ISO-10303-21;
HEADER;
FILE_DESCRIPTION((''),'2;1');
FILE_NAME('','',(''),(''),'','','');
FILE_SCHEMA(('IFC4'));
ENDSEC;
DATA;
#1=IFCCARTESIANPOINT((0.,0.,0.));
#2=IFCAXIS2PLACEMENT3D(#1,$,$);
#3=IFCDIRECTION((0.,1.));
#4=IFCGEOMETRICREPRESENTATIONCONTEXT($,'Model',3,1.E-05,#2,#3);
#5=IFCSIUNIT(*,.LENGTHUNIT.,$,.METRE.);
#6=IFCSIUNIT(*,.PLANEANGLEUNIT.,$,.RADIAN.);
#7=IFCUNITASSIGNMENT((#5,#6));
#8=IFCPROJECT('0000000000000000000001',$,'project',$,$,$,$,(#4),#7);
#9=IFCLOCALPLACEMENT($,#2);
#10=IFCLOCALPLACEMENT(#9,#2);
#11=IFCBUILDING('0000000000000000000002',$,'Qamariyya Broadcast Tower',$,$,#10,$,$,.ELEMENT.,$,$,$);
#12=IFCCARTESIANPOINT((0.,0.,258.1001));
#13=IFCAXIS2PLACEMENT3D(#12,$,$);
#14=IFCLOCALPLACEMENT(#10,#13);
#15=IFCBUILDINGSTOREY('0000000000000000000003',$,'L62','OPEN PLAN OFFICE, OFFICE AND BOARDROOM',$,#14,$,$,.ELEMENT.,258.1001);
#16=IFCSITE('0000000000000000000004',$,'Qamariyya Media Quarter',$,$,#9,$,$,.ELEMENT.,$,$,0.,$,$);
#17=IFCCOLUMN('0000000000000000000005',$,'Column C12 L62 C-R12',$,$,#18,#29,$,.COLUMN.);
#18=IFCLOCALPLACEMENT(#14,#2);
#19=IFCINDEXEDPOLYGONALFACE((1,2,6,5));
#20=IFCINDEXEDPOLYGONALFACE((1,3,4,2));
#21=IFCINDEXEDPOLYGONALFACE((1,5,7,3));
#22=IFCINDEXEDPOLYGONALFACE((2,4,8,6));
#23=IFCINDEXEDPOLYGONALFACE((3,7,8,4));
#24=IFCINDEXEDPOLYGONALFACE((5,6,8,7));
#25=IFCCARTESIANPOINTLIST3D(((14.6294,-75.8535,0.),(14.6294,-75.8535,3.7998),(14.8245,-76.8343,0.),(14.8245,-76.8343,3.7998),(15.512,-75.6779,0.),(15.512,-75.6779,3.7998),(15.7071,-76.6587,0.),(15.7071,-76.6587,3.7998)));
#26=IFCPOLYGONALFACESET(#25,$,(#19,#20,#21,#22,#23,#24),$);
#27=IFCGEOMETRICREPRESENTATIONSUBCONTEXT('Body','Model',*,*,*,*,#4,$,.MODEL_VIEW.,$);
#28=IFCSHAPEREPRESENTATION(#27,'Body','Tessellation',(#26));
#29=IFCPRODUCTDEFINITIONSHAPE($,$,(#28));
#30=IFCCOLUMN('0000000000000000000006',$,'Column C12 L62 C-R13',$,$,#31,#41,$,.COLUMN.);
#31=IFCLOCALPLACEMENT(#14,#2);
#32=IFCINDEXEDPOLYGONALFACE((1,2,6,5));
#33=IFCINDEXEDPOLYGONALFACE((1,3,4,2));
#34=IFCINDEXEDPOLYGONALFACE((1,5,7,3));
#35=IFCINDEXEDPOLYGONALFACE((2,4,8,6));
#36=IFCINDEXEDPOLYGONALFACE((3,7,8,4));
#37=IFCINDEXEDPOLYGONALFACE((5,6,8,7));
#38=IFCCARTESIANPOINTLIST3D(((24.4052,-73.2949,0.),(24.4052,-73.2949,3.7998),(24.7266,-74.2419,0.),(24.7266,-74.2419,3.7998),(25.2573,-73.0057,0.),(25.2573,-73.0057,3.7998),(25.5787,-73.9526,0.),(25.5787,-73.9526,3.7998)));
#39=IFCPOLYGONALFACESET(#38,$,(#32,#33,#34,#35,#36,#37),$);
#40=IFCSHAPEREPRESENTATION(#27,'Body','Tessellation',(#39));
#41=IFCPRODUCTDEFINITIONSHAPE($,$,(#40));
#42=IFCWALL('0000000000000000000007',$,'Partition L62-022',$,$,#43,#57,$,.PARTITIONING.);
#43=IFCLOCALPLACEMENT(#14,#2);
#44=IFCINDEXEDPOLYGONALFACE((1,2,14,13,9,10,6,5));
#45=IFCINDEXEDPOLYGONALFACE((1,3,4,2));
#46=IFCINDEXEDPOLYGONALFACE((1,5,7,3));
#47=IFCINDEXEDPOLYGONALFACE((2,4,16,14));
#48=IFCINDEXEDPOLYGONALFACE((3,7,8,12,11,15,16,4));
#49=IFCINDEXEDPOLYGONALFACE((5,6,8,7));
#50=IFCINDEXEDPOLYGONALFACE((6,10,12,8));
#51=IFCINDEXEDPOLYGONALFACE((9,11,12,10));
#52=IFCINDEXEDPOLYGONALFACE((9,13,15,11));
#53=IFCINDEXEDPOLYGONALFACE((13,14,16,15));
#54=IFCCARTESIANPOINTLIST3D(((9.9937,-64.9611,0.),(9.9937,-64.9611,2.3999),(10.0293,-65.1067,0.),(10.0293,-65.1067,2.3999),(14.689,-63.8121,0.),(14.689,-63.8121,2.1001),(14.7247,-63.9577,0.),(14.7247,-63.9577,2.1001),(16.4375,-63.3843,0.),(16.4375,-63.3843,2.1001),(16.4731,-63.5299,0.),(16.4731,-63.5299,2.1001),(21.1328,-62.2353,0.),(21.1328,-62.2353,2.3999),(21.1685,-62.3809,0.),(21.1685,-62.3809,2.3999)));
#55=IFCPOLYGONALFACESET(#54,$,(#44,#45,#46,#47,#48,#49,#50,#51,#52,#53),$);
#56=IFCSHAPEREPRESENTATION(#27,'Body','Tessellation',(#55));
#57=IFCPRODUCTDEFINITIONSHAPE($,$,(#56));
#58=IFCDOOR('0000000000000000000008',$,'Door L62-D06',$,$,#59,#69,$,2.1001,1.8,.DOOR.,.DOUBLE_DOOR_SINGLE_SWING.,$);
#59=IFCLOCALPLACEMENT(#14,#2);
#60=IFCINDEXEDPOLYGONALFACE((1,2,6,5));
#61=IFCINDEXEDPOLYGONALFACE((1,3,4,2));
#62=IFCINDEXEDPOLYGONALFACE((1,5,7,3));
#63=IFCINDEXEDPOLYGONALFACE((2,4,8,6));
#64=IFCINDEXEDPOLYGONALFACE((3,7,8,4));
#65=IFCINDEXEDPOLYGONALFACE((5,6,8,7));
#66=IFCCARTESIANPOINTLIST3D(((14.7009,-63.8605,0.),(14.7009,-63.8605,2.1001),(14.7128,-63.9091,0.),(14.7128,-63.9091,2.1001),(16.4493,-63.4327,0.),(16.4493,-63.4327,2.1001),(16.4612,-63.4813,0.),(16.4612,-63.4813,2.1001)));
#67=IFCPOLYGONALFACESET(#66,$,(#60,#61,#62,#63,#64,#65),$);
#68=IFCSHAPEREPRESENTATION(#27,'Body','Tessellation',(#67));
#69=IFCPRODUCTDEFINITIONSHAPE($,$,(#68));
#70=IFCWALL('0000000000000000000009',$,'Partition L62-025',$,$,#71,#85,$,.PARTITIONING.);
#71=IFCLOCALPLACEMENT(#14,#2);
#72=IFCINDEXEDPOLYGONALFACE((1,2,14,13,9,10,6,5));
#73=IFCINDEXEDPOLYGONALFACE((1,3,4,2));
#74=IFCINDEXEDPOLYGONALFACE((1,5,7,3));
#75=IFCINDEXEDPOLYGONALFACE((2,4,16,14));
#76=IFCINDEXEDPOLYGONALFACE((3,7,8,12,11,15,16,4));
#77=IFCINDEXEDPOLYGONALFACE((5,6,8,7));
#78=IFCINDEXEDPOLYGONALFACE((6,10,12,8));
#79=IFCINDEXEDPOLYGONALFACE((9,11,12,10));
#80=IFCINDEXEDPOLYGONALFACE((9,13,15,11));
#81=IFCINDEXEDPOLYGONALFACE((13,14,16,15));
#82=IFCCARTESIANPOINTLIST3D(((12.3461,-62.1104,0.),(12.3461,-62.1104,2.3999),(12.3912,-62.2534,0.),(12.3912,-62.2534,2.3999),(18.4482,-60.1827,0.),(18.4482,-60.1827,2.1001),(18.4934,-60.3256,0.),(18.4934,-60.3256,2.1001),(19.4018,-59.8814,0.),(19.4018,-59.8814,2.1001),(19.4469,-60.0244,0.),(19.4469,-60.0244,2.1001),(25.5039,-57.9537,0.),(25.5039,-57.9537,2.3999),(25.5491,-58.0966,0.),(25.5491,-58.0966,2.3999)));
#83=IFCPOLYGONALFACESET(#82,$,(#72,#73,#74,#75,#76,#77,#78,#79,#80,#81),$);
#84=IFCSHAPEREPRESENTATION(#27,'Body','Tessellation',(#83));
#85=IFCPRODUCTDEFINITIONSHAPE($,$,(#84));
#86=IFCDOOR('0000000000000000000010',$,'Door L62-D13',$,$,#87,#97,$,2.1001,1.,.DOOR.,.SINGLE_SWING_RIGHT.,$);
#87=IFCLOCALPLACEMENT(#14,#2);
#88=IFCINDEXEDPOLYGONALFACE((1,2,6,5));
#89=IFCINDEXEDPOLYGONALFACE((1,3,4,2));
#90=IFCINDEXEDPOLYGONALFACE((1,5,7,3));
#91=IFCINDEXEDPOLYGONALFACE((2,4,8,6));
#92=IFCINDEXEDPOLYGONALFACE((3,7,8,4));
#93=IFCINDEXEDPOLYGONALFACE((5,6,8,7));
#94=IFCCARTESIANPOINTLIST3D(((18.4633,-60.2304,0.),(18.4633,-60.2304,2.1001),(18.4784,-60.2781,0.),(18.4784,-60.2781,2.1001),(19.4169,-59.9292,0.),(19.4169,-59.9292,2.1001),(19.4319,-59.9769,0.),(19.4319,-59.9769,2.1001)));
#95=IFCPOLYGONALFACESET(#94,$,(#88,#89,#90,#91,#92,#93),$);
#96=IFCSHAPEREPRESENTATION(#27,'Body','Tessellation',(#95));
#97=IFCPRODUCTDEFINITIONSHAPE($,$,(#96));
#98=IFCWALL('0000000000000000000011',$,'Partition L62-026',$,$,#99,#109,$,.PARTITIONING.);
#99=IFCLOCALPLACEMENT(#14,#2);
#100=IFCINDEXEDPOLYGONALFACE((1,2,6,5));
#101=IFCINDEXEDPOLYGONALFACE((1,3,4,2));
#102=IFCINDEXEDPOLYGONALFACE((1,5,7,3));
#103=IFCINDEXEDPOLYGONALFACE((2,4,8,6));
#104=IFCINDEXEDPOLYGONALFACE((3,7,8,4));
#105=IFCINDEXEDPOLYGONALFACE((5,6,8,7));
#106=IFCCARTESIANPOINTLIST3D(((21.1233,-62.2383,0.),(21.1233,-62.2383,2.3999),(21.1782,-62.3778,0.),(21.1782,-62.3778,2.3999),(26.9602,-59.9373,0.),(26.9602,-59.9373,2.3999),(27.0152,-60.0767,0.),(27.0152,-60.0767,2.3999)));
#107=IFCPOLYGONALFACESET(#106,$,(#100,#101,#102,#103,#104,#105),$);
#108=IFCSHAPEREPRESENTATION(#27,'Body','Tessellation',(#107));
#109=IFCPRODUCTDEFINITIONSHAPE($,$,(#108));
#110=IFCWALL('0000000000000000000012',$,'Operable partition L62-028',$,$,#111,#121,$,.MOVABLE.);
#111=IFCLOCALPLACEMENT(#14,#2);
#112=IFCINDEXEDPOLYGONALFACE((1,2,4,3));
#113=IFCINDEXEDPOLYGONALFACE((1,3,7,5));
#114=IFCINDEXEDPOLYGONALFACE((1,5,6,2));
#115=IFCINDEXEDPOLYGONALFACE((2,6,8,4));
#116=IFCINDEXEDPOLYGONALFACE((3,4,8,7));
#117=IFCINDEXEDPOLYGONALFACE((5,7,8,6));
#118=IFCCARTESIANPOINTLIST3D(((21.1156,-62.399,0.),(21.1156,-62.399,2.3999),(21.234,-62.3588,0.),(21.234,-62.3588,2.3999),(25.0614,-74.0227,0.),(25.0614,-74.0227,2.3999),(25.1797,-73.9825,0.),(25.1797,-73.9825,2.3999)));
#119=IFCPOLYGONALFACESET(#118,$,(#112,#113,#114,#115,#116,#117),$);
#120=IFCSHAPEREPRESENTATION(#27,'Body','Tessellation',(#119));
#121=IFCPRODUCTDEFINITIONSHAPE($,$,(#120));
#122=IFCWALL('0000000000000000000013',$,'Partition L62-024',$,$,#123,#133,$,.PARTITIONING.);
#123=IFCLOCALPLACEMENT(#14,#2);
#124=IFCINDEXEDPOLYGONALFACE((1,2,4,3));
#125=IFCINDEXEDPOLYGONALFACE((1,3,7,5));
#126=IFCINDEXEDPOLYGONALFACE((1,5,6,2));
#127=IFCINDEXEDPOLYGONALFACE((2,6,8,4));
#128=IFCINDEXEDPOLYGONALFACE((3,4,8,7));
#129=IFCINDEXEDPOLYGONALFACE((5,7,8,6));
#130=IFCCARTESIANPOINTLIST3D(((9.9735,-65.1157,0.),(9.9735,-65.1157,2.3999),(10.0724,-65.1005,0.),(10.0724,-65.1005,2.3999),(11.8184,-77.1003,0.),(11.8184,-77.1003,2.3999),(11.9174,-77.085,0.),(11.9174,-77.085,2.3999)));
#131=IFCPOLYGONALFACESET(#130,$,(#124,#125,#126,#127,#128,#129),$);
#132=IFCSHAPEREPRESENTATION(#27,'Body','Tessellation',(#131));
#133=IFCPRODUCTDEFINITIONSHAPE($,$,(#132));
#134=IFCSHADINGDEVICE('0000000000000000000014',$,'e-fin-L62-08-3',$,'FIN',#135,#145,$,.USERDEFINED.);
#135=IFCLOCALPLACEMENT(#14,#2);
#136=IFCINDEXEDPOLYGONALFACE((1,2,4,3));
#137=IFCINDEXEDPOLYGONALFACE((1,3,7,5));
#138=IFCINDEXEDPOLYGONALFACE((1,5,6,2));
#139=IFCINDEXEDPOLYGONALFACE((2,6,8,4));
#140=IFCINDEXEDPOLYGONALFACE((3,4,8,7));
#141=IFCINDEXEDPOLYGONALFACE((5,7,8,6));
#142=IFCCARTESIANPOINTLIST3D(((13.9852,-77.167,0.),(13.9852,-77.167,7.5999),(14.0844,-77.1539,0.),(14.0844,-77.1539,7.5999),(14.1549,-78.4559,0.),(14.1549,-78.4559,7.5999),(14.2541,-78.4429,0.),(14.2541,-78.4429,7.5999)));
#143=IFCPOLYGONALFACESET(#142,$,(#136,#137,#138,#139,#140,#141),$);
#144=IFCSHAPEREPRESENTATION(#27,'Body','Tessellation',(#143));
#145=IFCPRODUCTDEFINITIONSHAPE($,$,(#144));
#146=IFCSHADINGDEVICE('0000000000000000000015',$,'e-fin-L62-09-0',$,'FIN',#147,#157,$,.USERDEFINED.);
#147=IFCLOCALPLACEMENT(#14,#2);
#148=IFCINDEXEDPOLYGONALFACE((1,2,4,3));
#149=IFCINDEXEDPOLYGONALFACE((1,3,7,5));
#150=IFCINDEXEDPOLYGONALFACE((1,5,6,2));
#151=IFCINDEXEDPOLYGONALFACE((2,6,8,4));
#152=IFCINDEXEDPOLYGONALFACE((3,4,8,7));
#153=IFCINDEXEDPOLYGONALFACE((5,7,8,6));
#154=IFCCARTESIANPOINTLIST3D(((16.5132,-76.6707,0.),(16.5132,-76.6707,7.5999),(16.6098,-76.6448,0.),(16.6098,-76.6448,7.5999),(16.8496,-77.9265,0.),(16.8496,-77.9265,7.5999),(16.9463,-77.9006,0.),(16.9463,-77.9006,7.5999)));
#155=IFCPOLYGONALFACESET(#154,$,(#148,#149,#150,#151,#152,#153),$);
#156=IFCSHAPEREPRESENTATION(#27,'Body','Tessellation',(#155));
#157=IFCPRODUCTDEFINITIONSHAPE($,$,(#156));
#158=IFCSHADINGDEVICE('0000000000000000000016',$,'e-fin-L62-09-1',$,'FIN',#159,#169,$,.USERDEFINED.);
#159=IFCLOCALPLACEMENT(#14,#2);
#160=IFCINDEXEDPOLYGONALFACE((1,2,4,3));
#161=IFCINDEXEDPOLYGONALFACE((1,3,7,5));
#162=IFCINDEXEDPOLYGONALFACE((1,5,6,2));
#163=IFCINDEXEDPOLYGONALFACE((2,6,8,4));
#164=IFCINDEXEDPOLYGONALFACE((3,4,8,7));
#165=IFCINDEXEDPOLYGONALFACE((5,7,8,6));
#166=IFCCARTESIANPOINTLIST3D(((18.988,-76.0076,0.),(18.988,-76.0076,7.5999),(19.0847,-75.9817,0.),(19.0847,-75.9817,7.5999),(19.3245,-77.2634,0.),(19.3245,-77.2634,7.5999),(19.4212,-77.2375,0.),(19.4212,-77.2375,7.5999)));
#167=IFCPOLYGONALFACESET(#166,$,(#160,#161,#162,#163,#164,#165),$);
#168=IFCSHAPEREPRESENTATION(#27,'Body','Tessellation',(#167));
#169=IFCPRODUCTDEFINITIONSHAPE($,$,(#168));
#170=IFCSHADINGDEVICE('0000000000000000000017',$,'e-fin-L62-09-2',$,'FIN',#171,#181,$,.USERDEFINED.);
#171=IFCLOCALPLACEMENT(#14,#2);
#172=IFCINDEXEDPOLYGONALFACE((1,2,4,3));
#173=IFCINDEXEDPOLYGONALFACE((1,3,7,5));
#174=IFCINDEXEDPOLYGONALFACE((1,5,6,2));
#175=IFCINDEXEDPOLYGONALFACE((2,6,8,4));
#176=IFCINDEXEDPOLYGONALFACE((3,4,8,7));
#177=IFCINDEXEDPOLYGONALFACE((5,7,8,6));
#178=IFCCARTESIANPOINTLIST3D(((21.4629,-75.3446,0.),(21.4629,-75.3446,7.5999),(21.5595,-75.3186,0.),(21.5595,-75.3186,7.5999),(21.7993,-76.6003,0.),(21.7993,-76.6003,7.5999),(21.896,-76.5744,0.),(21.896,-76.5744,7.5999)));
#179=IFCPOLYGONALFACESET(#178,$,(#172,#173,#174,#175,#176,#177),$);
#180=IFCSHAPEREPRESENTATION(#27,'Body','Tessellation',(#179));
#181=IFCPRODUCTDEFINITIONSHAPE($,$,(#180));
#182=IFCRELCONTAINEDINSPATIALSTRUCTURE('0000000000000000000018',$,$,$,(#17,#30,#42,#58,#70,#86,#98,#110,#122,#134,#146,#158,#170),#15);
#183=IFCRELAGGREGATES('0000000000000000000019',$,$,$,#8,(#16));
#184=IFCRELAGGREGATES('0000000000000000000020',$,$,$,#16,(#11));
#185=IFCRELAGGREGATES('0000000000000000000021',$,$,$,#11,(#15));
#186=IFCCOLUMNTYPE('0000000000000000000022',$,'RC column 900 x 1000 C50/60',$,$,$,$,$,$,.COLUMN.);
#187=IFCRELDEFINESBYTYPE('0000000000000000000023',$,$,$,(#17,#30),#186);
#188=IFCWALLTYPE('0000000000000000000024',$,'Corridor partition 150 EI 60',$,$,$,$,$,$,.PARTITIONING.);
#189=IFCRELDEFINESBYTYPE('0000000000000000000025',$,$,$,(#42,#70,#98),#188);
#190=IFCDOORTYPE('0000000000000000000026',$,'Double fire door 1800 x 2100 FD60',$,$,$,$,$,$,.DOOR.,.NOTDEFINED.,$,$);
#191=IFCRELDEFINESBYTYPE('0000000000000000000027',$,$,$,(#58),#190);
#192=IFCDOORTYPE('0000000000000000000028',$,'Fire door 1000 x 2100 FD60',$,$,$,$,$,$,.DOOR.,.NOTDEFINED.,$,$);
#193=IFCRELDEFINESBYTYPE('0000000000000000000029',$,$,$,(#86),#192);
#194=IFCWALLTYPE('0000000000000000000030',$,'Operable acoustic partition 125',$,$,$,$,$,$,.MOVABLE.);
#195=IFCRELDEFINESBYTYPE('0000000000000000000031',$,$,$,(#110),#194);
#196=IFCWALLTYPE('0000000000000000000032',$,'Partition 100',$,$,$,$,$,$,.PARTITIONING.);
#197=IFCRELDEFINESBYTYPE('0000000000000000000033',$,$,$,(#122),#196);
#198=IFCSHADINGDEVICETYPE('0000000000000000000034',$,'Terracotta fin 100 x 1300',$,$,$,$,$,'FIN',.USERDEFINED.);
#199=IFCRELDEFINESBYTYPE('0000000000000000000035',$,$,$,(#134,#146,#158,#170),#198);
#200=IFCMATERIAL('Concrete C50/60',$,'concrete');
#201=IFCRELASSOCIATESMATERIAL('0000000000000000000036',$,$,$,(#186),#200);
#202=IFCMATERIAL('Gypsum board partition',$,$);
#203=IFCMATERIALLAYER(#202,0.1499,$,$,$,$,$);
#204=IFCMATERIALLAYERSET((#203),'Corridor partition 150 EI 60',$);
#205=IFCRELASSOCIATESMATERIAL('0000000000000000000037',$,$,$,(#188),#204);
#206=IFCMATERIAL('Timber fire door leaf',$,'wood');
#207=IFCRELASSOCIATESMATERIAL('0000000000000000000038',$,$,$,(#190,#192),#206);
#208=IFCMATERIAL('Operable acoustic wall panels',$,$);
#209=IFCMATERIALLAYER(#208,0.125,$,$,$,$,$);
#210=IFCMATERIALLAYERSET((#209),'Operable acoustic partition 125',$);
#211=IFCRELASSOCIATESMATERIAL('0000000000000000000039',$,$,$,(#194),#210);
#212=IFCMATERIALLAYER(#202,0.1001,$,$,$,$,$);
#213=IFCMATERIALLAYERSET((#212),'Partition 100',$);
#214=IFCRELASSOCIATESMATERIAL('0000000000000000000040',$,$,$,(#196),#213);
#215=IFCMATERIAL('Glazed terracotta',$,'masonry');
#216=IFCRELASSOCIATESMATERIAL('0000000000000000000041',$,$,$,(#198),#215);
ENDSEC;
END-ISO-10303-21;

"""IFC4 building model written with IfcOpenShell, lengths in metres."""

from ifc_helpers import new_model, si_unit, direction, frame, frame_2d, origin, origin_2d, place, context, subcontext, project, spatial, rectangle, extrude, material, layer, layer_set, material_profile, profile_set, type_object, element, fill, save


model = new_model("IFC4")

# Units and contexts
model_context = context("Model", 3, precision=1e-05, world=origin(), true_north=direction((0.0, 1.0)))
body_context = subcontext(model_context, "Body", "Model", "MODEL_VIEW")
ifc_project = project(units=[si_unit("LENGTHUNIT", "METRE"), si_unit("PLANEANGLEUNIT", "RADIAN")], contexts=[model_context])

# Site, building, storey
site_placement = place(None, origin())
site = spatial("IfcSite", under=ifc_project, at=site_placement, Name="Qamariyya Media Quarter", CompositionType="ELEMENT", RefElevation=0.0)
building_placement = place(site_placement, origin())
building = spatial("IfcBuilding", under=site, at=building_placement, Name="Qamariyya Broadcast Tower", CompositionType="ELEMENT")
storey_placement = place(building_placement, frame((0.0, 0.0, 258.1001)))
storey = spatial("IfcBuildingStorey", under=building, at=storey_placement, Name="L62", Description="OPEN PLAN OFFICE, OFFICE AND BOARDROOM", CompositionType="ELEMENT", Elevation=258.1001)

# Columns
ifc_material_1 = material(Name="Concrete C50/60", Category="concrete")
ifc_material_profile_1 = material_profile(ifc_material_1, rectangle(XDim=0.8999, YDim=1.0, at=origin_2d()))
ifc_profile_set_1 = profile_set([ifc_material_profile_1], Name="Concrete C50/60")
column_type = type_object("IfcColumnType", Name="RC column 900 x 1000 C50/60", PredefinedType="COLUMN", material=ifc_profile_set_1)
for number, where, z_axis, x_axis, name in (
    (1, (15.1682, -76.2561, 0.0), (0.0, 0.0, 1.0), (0.980785, 0.19509, 0.0), "Column C12 L62 C-R12"),
    (2, (24.9919, -73.6238, 0.0), (0.0, 0.0, 1.0), (0.94693, 0.321439, 0.0), "Column C12 L62 C-R13"),
):
    element("IfcColumn", number, at=place(storey_placement, frame(where, z_axis=z_axis, x_axis=x_axis)), inside=storey, type_object=column_type, Name=name, PredefinedType="COLUMN", context=body_context, shape_type="SweptSolid", body=[
        extrude(rectangle(XDim=0.8999, YDim=1.0, at=origin_2d()), origin(), (0.0, 0.0, 1.0), 3.7998),
    ])

# Walls, openings, doors
ifc_material_2 = material(Name="Gypsum board partition")
ifc_layer_1 = layer(ifc_material_2, 0.1499)
ifc_layer_set_1 = layer_set([ifc_layer_1], Name="Corridor partition 150 EI 60")
wall_type_1 = type_object("IfcWallType", Name="Corridor partition 150 EI 60", PredefinedType="PARTITIONING", material=ifc_layer_set_1)
wall_1_placement = place(storey_placement, frame((21.1506, -62.3081, 0.0), z_axis=(0.0, 0.0, 1.0), x_axis=(-0.97134, -0.237694, 0.0)))
wall_1 = element("IfcWall", 3, at=wall_1_placement, inside=storey, type_object=wall_type_1, Name="Partition L62-022", PredefinedType="PARTITIONING", context=body_context, shape_type="SweptSolid", body=[
    extrude(rectangle(XDim=11.4678, YDim=0.1499, at=frame_2d((5.7339, 0.0))), origin(), (0.0, 0.0, 1.0), 2.3999),
])
opening_1_placement = place(wall_1_placement, frame((4.834, 0.0, 0.0)))
opening_1 = element("IfcOpeningElement", 4, at=opening_1_placement, cuts=wall_1, PredefinedType="OPENING", context=body_context, shape_type="SweptSolid", body=[
    extrude(rectangle(XDim=1.8, YDim=2.1001, at=frame_2d((0.8999, 1.05))), frame((0.0, 0.085, 0.0), z_axis=(0.0, -1.0, 0.0), x_axis=(1.0, 0.0, 0.0)), (0.0, 0.0, 1.0), 0.1699),
])
ifc_material_3 = material(Name="Timber fire door leaf", Category="wood")
door_type_1 = type_object("IfcDoorType", Name="Double fire door 1800 x 2100 FD60", OperationType="NOTDEFINED", PredefinedType="DOOR", material=ifc_material_3)
door_1_placement = place(opening_1_placement, origin())
door_1 = element("IfcDoor", 5, at=door_1_placement, inside=storey, type_object=door_type_1, Name="Door L62-D06", OperationType="DOUBLE_DOOR_SINGLE_SWING", OverallHeight=2.1001, OverallWidth=1.8, PredefinedType="DOOR", context=body_context, shape_type="SweptSolid", body=[
    extrude(rectangle(XDim=1.8, YDim=2.1001, at=frame_2d((0.8999, 1.05))), frame((0.0, 0.0249, 0.0), z_axis=(0.0, -1.0, 0.0), x_axis=(1.0, 0.0, 0.0)), (0.0, 0.0, 1.0), 0.05),
])
fill(opening_1, door_1)
wall_2_placement = place(storey_placement, frame((12.3687, -62.1819, 0.0), z_axis=(0.0, 0.0, 1.0), x_axis=(0.95355, 0.301236, 0.0)))
wall_2 = element("IfcWall", 6, at=wall_2_placement, inside=storey, type_object=wall_type_1, Name="Partition L62-025", PredefinedType="PARTITIONING", context=body_context, shape_type="SweptSolid", body=[
    extrude(rectangle(XDim=13.7988, YDim=0.1499, at=frame_2d((6.8994, 0.0))), origin(), (0.0, 0.0, 1.0), 2.3999),
])
opening_2_placement = place(wall_2_placement, frame((6.3994, 0.0, 0.0)))
opening_2 = element("IfcOpeningElement", 7, at=opening_2_placement, cuts=wall_2, PredefinedType="OPENING", context=body_context, shape_type="SweptSolid", body=[
    extrude(rectangle(XDim=1.0, YDim=2.1001, at=frame_2d((0.5, 1.05))), frame((0.0, 0.085, 0.0), z_axis=(0.0, -1.0, 0.0), x_axis=(1.0, 0.0, 0.0)), (0.0, 0.0, 1.0), 0.1699),
])
door_type_2 = type_object("IfcDoorType", Name="Fire door 1000 x 2100 FD60", OperationType="NOTDEFINED", PredefinedType="DOOR", material=ifc_material_3)
door_2_placement = place(opening_2_placement, origin())
door_2 = element("IfcDoor", 8, at=door_2_placement, inside=storey, type_object=door_type_2, Name="Door L62-D13", OperationType="SINGLE_SWING_RIGHT", OverallHeight=2.1001, OverallWidth=1.0, PredefinedType="DOOR", context=body_context, shape_type="SweptSolid", body=[
    extrude(rectangle(XDim=1.0, YDim=2.1001, at=frame_2d((0.5, 1.05))), frame((0.0, 0.0249, 0.0), z_axis=(0.0, -1.0, 0.0), x_axis=(1.0, 0.0, 0.0)), (0.0, 0.0, 1.0), 0.05),
])
fill(opening_2, door_2)

# Walls
wall_3_placement = place(storey_placement, frame((21.1506, -62.3081, 0.0), z_axis=(0.0, 0.0, 1.0), x_axis=(0.930319, 0.36675, 0.0)))
element("IfcWall", 9, at=wall_3_placement, inside=storey, type_object=wall_type_1, Name="Partition L62-026", PredefinedType="PARTITIONING", context=body_context, shape_type="SweptSolid", body=[
    extrude(rectangle(XDim=6.2742, YDim=0.1499, at=frame_2d((3.1372, 0.0))), origin(), (0.0, 0.0, 1.0), 2.3999),
])
ifc_material_4 = material(Name="Operable acoustic wall panels")
ifc_layer_2 = layer(ifc_material_4, 0.125)
ifc_layer_set_2 = layer_set([ifc_layer_2], Name="Operable acoustic partition 125")
wall_type_2 = type_object("IfcWallType", Name="Operable acoustic partition 125", PredefinedType="MOVABLE", material=ifc_layer_set_2)
wall_4_placement = place(storey_placement, frame((25.1206, -74.0027, 0.0), z_axis=(0.0, 0.0, 1.0), x_axis=(-0.321444, 0.946929, 0.0)))
element("IfcWall", 10, at=wall_4_placement, inside=storey, type_object=wall_type_2, Name="Operable partition L62-028", PredefinedType="MOVABLE", context=body_context, shape_type="SweptSolid", body=[
    extrude(rectangle(XDim=12.2751, YDim=0.125, at=frame_2d((6.1377, 0.0))), origin(), (0.0, 0.0, 1.0), 2.3999),
])
ifc_layer_3 = layer(ifc_material_2, 0.1001)
ifc_layer_set_3 = layer_set([ifc_layer_3], Name="Partition 100")
wall_type_3 = type_object("IfcWallType", Name="Partition 100", PredefinedType="PARTITIONING", material=ifc_layer_set_3)
wall_5_placement = place(storey_placement, frame((11.8679, -77.0928, 0.0), z_axis=(0.0, 0.0, 1.0), x_axis=(-0.152152, 0.988357, 0.0)))
element("IfcWall", 11, at=wall_5_placement, inside=storey, type_object=wall_type_3, Name="Partition L62-024", PredefinedType="PARTITIONING", context=body_context, shape_type="SweptSolid", body=[
    extrude(rectangle(XDim=12.1257, YDim=0.1001, at=frame_2d((6.063, 0.0))), origin(), (0.0, 0.0, 1.0), 2.3999),
])

# Shading devices
ifc_material_5 = material(Name="Glazed terracotta", Category="masonry")
ifc_material_profile_2 = material_profile(ifc_material_5, rectangle(XDim=1.3, YDim=0.1001, at=origin_2d()))
ifc_profile_set_2 = profile_set([ifc_material_profile_2], Name="Glazed terracotta")
shading_device_type_1 = type_object("IfcShadingDeviceType", Name="Terracotta fin 100 x 1300", ElementType="FIN", PredefinedType="USERDEFINED", material=ifc_profile_set_2)
for number, where, z_axis, x_axis, name in (
    (12, (14.1196, -77.8049, 0.0), (0.0, 0.0, 1.0), (0.130526, -0.991445, 0.0), "e-fin-L62-08-3"),
    (13, (16.7297, -77.2856, 0.0), (0.0, 0.0, 1.0), (0.258819, -0.965926, 0.0), "e-fin-L62-09-0"),
    (14, (19.2046, -76.6226, 0.0), (0.0, 0.0, 1.0), (0.258819, -0.965926, 0.0), "e-fin-L62-09-1"),
    (15, (21.6794, -75.9595, 0.0), (0.0, 0.0, 1.0), (0.258819, -0.965926, 0.0), "e-fin-L62-09-2"),
):
    element("IfcShadingDevice", number, at=place(storey_placement, frame(where, z_axis=z_axis, x_axis=x_axis)), inside=storey, type_object=shading_device_type_1, Name=name, ObjectType="FIN", PredefinedType="USERDEFINED", context=body_context, shape_type="SweptSolid", body=[
        extrude(rectangle(XDim=1.3, YDim=0.1001, at=origin_2d()), origin(), (0.0, 0.0, 1.0), 7.5999),
    ])

save(model, "model.ifc")
